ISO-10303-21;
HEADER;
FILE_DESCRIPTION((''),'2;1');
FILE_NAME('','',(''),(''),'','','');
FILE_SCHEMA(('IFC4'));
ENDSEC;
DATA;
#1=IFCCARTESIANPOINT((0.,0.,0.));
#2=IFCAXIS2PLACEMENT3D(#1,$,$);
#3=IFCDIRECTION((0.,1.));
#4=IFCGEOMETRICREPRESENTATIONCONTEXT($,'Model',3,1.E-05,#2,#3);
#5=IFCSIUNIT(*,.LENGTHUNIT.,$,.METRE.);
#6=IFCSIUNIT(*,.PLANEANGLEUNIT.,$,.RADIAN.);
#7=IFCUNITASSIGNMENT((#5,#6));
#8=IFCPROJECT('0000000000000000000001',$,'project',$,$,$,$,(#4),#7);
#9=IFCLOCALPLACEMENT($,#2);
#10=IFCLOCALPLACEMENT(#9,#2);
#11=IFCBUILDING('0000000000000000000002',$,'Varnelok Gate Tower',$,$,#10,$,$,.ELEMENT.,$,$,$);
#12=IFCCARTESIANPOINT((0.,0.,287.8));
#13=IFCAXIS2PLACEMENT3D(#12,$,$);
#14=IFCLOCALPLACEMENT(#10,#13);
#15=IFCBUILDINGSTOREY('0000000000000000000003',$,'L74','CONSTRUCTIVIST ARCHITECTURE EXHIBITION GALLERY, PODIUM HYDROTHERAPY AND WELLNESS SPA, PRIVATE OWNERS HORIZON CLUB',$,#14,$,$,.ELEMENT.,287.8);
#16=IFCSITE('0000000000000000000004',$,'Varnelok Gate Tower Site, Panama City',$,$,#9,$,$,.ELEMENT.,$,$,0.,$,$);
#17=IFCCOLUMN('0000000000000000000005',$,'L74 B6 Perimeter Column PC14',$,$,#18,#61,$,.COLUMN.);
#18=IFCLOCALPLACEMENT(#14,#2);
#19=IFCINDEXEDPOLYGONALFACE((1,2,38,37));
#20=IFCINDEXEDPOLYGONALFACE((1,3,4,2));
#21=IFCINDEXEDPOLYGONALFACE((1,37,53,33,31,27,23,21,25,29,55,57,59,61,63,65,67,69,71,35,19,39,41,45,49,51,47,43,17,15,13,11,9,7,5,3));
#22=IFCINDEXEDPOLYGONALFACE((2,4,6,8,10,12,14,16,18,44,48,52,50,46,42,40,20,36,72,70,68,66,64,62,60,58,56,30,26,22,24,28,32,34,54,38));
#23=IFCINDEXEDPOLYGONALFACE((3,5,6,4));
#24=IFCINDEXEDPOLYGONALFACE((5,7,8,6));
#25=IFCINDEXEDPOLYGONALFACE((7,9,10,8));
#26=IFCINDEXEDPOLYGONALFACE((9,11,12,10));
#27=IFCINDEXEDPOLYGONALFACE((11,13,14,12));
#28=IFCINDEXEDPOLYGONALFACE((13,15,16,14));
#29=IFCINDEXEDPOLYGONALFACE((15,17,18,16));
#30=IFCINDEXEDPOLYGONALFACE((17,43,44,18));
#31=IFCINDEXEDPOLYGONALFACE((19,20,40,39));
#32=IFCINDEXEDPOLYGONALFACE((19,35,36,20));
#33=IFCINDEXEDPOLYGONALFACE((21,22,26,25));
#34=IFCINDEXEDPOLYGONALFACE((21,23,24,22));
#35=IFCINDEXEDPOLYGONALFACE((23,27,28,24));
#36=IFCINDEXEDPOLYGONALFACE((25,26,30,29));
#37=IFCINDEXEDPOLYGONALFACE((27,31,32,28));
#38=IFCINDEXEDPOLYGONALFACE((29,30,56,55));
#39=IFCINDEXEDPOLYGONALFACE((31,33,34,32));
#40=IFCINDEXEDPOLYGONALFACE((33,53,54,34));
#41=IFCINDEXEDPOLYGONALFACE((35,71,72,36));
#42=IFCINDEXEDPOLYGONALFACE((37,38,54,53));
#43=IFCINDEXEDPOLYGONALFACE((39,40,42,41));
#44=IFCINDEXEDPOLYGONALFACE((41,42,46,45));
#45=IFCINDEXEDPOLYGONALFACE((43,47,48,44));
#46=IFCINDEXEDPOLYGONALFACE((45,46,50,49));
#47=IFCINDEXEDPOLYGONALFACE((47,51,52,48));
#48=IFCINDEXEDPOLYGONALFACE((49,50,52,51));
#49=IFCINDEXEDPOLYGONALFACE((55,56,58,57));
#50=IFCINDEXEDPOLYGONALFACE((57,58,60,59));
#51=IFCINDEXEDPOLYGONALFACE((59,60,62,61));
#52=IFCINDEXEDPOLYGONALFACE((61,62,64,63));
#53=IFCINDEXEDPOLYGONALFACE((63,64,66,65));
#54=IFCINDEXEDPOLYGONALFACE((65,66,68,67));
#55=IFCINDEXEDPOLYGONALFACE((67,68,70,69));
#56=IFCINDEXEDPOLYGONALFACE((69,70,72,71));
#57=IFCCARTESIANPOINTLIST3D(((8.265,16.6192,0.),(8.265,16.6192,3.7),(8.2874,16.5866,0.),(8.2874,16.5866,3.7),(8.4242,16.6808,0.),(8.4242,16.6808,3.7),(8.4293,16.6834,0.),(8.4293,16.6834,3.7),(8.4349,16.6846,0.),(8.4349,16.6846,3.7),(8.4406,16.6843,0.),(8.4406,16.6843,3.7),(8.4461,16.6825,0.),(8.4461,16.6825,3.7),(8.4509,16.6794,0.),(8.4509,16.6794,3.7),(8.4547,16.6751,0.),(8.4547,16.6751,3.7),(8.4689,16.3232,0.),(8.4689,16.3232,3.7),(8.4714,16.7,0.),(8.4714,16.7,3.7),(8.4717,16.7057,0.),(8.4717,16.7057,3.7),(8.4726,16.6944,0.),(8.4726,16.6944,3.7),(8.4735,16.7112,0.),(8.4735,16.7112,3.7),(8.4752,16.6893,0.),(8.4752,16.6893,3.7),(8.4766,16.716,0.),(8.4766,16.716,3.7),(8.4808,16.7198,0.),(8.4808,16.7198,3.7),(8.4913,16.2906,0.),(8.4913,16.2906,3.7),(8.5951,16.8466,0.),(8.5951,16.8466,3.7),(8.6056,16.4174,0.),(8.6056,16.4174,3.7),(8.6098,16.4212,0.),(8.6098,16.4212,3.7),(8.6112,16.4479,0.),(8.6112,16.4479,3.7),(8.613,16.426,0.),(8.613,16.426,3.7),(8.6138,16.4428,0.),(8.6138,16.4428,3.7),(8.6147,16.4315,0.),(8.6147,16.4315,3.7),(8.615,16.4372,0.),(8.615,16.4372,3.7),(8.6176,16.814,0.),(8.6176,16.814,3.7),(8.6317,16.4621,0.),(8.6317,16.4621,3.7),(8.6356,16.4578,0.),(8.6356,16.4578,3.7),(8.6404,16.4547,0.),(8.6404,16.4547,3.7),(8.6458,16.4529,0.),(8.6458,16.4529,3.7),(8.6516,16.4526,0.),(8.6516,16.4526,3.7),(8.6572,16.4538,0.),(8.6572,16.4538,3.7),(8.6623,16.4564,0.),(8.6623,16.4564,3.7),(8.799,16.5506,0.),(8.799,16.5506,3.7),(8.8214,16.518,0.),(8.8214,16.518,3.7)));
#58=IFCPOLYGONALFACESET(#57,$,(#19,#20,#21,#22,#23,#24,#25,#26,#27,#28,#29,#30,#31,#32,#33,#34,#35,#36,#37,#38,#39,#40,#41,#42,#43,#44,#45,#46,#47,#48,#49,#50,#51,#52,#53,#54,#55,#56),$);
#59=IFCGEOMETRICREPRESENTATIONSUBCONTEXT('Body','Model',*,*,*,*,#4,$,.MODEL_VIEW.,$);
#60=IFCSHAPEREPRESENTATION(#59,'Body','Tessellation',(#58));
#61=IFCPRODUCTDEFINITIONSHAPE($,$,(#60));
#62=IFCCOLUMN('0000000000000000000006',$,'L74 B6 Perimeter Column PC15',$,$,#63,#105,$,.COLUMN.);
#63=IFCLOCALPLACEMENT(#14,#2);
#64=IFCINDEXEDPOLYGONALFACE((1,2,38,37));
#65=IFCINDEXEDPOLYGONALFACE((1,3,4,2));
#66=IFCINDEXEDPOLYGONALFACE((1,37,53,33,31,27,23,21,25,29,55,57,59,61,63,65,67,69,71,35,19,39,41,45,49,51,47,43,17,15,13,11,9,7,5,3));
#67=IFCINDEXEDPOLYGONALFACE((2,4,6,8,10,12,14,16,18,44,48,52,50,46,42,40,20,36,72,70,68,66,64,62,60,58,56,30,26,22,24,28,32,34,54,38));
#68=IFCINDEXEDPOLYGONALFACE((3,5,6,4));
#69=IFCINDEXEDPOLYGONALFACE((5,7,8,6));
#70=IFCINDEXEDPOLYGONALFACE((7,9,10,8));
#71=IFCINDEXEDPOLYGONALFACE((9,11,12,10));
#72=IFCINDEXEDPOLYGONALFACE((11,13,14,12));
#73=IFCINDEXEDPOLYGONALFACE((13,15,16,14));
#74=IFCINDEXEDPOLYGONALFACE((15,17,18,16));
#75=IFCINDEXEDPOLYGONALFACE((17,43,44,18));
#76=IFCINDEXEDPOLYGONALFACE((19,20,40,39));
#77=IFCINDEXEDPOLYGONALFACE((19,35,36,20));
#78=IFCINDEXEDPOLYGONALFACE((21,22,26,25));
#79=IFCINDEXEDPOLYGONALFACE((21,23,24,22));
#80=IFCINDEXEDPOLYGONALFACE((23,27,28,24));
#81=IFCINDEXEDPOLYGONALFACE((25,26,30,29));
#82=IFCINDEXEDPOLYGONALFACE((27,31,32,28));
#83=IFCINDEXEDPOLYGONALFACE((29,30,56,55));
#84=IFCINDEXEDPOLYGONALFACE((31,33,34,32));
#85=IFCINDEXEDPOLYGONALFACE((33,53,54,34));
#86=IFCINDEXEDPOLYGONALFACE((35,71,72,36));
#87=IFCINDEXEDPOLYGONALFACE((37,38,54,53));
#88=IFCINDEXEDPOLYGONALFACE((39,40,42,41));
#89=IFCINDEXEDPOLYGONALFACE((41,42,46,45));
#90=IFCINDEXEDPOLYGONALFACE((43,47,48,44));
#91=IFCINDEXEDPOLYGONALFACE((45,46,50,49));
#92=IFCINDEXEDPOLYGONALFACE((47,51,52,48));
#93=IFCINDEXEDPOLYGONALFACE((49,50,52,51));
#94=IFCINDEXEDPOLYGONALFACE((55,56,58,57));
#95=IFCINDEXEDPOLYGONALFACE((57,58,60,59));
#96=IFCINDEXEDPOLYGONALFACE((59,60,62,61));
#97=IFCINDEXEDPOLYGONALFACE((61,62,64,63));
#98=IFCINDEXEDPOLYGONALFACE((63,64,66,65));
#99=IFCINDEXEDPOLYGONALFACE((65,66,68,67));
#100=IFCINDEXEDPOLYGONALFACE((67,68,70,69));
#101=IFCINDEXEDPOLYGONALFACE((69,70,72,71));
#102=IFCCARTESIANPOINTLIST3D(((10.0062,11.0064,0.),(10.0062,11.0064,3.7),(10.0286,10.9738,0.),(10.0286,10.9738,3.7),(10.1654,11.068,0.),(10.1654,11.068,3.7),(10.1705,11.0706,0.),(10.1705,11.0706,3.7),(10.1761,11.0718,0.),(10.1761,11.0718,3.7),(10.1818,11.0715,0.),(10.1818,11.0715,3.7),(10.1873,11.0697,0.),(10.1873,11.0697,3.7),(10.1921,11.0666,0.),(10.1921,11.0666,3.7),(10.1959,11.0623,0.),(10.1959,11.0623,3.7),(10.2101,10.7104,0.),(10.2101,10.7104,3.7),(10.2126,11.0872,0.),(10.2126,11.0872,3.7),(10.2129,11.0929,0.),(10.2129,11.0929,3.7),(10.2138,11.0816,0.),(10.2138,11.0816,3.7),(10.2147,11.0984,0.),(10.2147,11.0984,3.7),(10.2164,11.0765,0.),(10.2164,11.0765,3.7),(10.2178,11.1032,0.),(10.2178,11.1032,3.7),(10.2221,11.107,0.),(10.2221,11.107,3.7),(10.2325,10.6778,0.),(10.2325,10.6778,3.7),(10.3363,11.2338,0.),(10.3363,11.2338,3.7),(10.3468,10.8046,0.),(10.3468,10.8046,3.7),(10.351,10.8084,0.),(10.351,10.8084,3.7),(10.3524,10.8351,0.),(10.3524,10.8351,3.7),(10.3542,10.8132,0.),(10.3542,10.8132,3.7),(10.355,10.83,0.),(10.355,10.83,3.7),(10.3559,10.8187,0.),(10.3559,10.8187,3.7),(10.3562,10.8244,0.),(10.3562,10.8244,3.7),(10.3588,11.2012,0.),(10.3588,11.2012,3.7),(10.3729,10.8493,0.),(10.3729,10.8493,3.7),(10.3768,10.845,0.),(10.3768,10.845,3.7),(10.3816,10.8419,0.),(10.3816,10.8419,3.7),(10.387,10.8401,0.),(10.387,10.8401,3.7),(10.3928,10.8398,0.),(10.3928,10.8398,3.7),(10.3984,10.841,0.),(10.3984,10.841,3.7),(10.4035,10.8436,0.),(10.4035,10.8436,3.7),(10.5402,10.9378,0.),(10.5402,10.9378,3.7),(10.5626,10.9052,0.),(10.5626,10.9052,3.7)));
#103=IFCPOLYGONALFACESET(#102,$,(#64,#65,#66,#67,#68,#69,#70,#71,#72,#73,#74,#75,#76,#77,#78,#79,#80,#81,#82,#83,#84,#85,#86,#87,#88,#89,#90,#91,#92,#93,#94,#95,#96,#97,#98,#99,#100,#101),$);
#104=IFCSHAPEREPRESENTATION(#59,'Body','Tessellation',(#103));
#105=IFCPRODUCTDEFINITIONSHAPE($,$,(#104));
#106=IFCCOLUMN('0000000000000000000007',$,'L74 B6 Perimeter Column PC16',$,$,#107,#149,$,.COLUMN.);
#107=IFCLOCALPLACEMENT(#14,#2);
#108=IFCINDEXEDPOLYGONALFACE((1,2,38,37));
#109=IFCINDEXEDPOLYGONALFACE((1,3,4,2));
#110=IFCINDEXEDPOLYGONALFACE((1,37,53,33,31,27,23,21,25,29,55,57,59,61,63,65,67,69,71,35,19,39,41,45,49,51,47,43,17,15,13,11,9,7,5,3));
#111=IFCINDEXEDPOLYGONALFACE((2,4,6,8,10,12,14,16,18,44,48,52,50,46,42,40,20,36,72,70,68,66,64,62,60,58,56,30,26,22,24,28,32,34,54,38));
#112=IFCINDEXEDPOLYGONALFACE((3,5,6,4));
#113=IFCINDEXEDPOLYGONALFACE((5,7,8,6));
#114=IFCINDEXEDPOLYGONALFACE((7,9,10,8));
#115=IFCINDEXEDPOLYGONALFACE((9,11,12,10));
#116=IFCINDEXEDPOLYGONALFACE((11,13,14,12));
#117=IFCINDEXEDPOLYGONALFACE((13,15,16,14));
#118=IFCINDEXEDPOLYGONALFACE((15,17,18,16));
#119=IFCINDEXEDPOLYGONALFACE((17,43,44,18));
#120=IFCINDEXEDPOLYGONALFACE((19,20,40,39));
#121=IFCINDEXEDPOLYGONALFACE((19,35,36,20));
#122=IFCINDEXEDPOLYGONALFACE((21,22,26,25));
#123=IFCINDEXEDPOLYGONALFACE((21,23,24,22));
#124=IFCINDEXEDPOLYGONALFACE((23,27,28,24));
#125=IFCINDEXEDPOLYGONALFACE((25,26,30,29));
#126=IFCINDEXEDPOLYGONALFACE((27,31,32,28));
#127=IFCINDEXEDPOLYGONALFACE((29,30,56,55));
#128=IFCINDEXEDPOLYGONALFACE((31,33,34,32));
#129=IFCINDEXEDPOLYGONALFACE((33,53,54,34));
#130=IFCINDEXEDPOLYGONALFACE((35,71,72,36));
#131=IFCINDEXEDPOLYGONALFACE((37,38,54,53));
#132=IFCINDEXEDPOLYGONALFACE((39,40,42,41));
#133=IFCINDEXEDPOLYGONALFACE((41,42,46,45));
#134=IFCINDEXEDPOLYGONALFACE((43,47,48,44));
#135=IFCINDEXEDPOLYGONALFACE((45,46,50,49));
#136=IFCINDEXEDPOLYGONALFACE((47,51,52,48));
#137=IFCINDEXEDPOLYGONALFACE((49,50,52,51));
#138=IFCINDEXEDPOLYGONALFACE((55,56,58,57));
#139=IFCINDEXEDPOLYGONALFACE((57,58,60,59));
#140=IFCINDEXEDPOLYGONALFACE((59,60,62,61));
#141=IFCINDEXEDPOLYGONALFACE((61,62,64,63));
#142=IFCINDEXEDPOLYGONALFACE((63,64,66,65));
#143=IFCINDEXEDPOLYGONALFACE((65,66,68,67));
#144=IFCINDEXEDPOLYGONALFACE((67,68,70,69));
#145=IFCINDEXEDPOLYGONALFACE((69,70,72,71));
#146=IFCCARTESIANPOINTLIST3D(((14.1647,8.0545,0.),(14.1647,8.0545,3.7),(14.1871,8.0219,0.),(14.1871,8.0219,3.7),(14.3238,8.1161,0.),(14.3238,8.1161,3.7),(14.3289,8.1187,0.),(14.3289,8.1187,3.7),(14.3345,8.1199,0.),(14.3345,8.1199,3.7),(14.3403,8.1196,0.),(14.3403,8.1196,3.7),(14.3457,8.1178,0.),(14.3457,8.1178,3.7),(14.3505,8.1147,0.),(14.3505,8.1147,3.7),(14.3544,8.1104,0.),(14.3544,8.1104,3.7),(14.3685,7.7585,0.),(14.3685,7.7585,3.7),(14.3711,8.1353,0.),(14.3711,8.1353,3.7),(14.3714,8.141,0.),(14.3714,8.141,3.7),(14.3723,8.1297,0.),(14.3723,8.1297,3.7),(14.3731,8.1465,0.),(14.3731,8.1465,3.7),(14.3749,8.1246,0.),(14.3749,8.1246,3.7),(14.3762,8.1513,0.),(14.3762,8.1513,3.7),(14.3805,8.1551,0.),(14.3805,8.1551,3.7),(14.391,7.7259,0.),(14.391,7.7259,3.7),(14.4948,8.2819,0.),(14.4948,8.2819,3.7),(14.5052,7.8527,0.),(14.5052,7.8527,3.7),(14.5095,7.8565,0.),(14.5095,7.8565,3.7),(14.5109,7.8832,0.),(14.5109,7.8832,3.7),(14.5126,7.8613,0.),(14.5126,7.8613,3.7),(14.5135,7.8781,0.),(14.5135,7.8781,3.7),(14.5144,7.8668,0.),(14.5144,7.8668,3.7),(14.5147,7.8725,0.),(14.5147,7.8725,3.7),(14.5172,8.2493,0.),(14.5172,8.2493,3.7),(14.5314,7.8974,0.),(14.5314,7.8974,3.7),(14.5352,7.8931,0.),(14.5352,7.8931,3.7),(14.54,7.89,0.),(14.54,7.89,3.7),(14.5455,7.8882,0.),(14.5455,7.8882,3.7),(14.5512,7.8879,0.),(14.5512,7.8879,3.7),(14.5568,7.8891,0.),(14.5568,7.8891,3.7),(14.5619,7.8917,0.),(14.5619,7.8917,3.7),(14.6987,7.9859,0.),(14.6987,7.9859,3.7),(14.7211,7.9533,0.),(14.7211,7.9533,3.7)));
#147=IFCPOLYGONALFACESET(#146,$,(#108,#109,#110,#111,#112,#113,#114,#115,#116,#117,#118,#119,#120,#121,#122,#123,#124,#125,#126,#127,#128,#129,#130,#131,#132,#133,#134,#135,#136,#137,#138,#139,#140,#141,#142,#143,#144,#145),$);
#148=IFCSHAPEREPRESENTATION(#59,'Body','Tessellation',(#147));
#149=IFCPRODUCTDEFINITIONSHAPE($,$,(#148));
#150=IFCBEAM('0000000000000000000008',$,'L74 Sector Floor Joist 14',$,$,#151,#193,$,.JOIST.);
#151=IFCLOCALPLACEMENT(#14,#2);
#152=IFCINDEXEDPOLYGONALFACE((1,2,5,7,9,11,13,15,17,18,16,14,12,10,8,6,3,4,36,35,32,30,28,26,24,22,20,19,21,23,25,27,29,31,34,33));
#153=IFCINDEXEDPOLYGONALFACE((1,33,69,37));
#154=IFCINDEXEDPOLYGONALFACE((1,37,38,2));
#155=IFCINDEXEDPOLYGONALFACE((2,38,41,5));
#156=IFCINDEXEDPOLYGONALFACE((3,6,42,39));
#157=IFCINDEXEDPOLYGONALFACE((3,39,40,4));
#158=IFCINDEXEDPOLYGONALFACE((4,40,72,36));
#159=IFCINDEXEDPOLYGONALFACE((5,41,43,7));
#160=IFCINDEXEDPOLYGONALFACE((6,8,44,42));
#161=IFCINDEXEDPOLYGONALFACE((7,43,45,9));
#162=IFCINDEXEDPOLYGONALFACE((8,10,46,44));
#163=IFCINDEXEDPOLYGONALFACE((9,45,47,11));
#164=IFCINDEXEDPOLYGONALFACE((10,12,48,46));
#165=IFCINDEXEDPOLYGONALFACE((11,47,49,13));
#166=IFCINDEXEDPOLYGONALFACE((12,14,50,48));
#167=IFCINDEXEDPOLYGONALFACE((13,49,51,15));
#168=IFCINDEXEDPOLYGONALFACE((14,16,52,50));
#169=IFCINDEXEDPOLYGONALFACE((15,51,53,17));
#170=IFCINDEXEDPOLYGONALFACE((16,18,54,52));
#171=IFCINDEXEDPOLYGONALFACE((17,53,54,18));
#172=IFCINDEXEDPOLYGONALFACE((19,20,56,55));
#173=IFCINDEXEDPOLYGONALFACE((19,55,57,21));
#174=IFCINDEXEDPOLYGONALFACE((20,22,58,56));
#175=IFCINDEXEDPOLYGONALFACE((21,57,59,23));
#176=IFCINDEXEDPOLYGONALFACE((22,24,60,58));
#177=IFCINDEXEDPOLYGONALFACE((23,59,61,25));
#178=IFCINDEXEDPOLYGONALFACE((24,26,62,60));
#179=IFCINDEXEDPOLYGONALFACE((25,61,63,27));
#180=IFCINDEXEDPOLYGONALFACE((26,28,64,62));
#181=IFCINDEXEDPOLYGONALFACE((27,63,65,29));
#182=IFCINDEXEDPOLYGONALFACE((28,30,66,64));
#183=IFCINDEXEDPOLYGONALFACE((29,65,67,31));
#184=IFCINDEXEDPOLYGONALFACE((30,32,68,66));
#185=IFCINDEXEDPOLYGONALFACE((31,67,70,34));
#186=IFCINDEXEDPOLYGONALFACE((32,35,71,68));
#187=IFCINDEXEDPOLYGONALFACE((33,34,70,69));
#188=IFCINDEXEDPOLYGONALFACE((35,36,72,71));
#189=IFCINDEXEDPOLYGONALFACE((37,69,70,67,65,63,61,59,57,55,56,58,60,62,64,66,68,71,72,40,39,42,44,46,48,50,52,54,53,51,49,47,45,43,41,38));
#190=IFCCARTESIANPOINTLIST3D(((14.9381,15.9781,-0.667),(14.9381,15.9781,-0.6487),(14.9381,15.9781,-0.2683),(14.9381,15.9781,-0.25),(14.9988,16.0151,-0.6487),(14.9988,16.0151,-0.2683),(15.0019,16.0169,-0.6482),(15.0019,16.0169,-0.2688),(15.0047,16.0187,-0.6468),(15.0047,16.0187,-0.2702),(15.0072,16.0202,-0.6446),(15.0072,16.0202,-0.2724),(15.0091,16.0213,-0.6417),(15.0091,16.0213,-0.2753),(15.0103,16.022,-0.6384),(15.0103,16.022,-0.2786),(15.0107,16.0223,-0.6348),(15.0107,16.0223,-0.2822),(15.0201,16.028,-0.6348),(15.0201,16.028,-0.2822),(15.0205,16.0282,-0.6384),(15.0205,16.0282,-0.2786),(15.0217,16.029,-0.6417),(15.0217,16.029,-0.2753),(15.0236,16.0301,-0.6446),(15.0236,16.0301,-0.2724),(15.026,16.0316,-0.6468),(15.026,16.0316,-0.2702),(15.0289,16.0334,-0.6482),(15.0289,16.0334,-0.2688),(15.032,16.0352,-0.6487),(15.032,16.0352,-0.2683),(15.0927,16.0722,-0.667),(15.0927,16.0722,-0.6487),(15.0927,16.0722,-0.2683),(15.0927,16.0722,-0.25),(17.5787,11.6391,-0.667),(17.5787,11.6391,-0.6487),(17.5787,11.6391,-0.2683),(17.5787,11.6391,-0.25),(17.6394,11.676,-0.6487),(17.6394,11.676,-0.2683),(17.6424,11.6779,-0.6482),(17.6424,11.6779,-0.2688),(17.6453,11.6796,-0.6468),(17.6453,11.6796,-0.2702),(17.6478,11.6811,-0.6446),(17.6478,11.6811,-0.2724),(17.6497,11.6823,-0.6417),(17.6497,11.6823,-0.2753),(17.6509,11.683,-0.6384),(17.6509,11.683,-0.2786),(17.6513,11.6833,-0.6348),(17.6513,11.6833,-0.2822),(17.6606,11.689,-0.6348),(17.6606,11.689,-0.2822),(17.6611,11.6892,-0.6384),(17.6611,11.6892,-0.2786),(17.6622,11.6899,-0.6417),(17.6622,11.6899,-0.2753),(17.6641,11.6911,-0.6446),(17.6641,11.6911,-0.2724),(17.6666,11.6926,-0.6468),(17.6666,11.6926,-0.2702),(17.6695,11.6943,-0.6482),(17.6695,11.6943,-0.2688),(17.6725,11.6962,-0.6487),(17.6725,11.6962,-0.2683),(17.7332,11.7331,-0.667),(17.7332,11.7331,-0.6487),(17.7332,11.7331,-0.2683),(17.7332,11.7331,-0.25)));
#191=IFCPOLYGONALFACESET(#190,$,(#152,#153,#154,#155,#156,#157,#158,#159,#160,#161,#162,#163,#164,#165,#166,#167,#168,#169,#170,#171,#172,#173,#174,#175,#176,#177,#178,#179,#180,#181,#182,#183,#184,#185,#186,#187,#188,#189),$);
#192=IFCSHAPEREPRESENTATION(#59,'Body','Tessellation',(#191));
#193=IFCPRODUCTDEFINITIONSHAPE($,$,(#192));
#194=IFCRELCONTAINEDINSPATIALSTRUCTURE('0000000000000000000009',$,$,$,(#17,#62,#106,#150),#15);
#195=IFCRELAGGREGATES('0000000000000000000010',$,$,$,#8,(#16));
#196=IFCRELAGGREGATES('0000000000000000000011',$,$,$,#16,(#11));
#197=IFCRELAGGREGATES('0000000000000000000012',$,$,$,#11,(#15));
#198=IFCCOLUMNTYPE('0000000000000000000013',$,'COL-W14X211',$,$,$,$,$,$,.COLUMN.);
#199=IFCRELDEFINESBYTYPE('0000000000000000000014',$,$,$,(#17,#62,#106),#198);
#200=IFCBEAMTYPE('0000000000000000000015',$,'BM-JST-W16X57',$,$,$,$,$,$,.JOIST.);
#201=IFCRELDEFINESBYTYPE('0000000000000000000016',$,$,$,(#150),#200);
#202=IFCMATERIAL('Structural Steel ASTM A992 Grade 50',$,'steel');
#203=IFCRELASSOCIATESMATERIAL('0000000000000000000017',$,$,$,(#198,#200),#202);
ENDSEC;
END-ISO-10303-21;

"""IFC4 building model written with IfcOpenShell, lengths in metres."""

from ifc_helpers import new_model, si_unit, direction, frame, origin, origin_2d, place, context, subcontext, project, spatial, i_section, extrude, material, material_profile, profile_set, type_object, element, save


model = new_model("IFC4")

# Units and contexts
model_context = context("Model", 3, precision=1e-05, world=origin(), true_north=direction((0.0, 1.0)))
body_context = subcontext(model_context, "Body", "Model", "MODEL_VIEW")
ifc_project = project(units=[si_unit("LENGTHUNIT", "METRE"), si_unit("PLANEANGLEUNIT", "RADIAN")], contexts=[model_context])

# Site, building, storey
site_placement = place(None, origin())
site = spatial("IfcSite", under=ifc_project, at=site_placement, Name="Varnelok Gate Tower Site, Panama City", CompositionType="ELEMENT", RefElevation=0.0)
building_placement = place(site_placement, origin())
building = spatial("IfcBuilding", under=site, at=building_placement, Name="Varnelok Gate Tower", CompositionType="ELEMENT")
storey_placement = place(building_placement, frame((0.0, 0.0, 287.8)))
storey = spatial("IfcBuildingStorey", under=building, at=storey_placement, Name="L74", Description="CONSTRUCTIVIST ARCHITECTURE EXHIBITION GALLERY, PODIUM HYDROTHERAPY AND WELLNESS SPA, PRIVATE OWNERS HORIZON CLUB", CompositionType="ELEMENT", Elevation=287.8)

# Columns
ifc_material_1 = material(Name="Structural Steel ASTM A992 Grade 50", Category="steel")
ifc_material_profile_1 = material_profile(ifc_material_1, i_section(OverallWidth=0.4009, OverallDepth=0.3989, WebThickness=0.0249, FlangeThickness=0.0396, FilletRadius=0.022, at=origin_2d()), Name="W14X211")
ifc_profile_set_1 = profile_set([ifc_material_profile_1], Name="Structural Steel ASTM A992 Grade 50")
column_type = type_object("IfcColumnType", Name="COL-W14X211", PredefinedType="COLUMN", material=ifc_profile_set_1)
for number, where, z_axis, x_axis, name in (
    (1, (8.5432, 16.5686, 0.0), (0.0, 0.0, 1.0), (0.823533, 0.567269, 0.0), "L74 B6 Perimeter Column PC14"),
    (2, (10.2844, 10.9558, 0.0), (0.0, 0.0, 1.0), (0.823533, 0.567269, 0.0), "L74 B6 Perimeter Column PC15"),
    (3, (14.4429, 8.0039, 0.0), (0.0, 0.0, 1.0), (0.823533, 0.567269, 0.0), "L74 B6 Perimeter Column PC16"),
):
    element("IfcColumn", number, at=place(storey_placement, frame(where, z_axis=z_axis, x_axis=x_axis)), inside=storey, type_object=column_type, Name=name, PredefinedType="COLUMN", context=body_context, shape_type="SweptSolid", body=[
        extrude(i_section(OverallWidth=0.4009, OverallDepth=0.3989, WebThickness=0.0249, FlangeThickness=0.0396, FilletRadius=0.022, at=origin_2d()), origin(), (0.0, 0.0, 1.0), 3.7),
    ])

# Beam
ifc_material_profile_2 = material_profile(ifc_material_1, i_section(OverallWidth=0.1809, OverallDepth=0.417, WebThickness=0.011, FlangeThickness=0.0183, FilletRadius=0.0139, at=origin_2d()), Name="W16X57")
ifc_profile_set_2 = profile_set([ifc_material_profile_2], Name="Structural Steel ASTM A992 Grade 50")
beam_type_1 = type_object("IfcBeamType", Name="BM-JST-W16X57", PredefinedType="JOIST", material=ifc_profile_set_2)
beam_1_placement = place(storey_placement, frame((15.0154, 16.0251, -0.4585), z_axis=(0.519865, -0.854249, 0.0), x_axis=(0.854249, 0.519865, 0.0)))
element("IfcBeam", 4, at=beam_1_placement, inside=storey, type_object=beam_type_1, Name="L74 Sector Floor Joist 14", PredefinedType="JOIST", context=body_context, shape_type="SweptSolid", body=[
    extrude(i_section(OverallWidth=0.1809, OverallDepth=0.417, WebThickness=0.011, FlangeThickness=0.0183, FilletRadius=0.0139, at=origin_2d()), origin(), (0.0, 0.0, 1.0), 5.0793),
])

save(model, "model.ifc")
